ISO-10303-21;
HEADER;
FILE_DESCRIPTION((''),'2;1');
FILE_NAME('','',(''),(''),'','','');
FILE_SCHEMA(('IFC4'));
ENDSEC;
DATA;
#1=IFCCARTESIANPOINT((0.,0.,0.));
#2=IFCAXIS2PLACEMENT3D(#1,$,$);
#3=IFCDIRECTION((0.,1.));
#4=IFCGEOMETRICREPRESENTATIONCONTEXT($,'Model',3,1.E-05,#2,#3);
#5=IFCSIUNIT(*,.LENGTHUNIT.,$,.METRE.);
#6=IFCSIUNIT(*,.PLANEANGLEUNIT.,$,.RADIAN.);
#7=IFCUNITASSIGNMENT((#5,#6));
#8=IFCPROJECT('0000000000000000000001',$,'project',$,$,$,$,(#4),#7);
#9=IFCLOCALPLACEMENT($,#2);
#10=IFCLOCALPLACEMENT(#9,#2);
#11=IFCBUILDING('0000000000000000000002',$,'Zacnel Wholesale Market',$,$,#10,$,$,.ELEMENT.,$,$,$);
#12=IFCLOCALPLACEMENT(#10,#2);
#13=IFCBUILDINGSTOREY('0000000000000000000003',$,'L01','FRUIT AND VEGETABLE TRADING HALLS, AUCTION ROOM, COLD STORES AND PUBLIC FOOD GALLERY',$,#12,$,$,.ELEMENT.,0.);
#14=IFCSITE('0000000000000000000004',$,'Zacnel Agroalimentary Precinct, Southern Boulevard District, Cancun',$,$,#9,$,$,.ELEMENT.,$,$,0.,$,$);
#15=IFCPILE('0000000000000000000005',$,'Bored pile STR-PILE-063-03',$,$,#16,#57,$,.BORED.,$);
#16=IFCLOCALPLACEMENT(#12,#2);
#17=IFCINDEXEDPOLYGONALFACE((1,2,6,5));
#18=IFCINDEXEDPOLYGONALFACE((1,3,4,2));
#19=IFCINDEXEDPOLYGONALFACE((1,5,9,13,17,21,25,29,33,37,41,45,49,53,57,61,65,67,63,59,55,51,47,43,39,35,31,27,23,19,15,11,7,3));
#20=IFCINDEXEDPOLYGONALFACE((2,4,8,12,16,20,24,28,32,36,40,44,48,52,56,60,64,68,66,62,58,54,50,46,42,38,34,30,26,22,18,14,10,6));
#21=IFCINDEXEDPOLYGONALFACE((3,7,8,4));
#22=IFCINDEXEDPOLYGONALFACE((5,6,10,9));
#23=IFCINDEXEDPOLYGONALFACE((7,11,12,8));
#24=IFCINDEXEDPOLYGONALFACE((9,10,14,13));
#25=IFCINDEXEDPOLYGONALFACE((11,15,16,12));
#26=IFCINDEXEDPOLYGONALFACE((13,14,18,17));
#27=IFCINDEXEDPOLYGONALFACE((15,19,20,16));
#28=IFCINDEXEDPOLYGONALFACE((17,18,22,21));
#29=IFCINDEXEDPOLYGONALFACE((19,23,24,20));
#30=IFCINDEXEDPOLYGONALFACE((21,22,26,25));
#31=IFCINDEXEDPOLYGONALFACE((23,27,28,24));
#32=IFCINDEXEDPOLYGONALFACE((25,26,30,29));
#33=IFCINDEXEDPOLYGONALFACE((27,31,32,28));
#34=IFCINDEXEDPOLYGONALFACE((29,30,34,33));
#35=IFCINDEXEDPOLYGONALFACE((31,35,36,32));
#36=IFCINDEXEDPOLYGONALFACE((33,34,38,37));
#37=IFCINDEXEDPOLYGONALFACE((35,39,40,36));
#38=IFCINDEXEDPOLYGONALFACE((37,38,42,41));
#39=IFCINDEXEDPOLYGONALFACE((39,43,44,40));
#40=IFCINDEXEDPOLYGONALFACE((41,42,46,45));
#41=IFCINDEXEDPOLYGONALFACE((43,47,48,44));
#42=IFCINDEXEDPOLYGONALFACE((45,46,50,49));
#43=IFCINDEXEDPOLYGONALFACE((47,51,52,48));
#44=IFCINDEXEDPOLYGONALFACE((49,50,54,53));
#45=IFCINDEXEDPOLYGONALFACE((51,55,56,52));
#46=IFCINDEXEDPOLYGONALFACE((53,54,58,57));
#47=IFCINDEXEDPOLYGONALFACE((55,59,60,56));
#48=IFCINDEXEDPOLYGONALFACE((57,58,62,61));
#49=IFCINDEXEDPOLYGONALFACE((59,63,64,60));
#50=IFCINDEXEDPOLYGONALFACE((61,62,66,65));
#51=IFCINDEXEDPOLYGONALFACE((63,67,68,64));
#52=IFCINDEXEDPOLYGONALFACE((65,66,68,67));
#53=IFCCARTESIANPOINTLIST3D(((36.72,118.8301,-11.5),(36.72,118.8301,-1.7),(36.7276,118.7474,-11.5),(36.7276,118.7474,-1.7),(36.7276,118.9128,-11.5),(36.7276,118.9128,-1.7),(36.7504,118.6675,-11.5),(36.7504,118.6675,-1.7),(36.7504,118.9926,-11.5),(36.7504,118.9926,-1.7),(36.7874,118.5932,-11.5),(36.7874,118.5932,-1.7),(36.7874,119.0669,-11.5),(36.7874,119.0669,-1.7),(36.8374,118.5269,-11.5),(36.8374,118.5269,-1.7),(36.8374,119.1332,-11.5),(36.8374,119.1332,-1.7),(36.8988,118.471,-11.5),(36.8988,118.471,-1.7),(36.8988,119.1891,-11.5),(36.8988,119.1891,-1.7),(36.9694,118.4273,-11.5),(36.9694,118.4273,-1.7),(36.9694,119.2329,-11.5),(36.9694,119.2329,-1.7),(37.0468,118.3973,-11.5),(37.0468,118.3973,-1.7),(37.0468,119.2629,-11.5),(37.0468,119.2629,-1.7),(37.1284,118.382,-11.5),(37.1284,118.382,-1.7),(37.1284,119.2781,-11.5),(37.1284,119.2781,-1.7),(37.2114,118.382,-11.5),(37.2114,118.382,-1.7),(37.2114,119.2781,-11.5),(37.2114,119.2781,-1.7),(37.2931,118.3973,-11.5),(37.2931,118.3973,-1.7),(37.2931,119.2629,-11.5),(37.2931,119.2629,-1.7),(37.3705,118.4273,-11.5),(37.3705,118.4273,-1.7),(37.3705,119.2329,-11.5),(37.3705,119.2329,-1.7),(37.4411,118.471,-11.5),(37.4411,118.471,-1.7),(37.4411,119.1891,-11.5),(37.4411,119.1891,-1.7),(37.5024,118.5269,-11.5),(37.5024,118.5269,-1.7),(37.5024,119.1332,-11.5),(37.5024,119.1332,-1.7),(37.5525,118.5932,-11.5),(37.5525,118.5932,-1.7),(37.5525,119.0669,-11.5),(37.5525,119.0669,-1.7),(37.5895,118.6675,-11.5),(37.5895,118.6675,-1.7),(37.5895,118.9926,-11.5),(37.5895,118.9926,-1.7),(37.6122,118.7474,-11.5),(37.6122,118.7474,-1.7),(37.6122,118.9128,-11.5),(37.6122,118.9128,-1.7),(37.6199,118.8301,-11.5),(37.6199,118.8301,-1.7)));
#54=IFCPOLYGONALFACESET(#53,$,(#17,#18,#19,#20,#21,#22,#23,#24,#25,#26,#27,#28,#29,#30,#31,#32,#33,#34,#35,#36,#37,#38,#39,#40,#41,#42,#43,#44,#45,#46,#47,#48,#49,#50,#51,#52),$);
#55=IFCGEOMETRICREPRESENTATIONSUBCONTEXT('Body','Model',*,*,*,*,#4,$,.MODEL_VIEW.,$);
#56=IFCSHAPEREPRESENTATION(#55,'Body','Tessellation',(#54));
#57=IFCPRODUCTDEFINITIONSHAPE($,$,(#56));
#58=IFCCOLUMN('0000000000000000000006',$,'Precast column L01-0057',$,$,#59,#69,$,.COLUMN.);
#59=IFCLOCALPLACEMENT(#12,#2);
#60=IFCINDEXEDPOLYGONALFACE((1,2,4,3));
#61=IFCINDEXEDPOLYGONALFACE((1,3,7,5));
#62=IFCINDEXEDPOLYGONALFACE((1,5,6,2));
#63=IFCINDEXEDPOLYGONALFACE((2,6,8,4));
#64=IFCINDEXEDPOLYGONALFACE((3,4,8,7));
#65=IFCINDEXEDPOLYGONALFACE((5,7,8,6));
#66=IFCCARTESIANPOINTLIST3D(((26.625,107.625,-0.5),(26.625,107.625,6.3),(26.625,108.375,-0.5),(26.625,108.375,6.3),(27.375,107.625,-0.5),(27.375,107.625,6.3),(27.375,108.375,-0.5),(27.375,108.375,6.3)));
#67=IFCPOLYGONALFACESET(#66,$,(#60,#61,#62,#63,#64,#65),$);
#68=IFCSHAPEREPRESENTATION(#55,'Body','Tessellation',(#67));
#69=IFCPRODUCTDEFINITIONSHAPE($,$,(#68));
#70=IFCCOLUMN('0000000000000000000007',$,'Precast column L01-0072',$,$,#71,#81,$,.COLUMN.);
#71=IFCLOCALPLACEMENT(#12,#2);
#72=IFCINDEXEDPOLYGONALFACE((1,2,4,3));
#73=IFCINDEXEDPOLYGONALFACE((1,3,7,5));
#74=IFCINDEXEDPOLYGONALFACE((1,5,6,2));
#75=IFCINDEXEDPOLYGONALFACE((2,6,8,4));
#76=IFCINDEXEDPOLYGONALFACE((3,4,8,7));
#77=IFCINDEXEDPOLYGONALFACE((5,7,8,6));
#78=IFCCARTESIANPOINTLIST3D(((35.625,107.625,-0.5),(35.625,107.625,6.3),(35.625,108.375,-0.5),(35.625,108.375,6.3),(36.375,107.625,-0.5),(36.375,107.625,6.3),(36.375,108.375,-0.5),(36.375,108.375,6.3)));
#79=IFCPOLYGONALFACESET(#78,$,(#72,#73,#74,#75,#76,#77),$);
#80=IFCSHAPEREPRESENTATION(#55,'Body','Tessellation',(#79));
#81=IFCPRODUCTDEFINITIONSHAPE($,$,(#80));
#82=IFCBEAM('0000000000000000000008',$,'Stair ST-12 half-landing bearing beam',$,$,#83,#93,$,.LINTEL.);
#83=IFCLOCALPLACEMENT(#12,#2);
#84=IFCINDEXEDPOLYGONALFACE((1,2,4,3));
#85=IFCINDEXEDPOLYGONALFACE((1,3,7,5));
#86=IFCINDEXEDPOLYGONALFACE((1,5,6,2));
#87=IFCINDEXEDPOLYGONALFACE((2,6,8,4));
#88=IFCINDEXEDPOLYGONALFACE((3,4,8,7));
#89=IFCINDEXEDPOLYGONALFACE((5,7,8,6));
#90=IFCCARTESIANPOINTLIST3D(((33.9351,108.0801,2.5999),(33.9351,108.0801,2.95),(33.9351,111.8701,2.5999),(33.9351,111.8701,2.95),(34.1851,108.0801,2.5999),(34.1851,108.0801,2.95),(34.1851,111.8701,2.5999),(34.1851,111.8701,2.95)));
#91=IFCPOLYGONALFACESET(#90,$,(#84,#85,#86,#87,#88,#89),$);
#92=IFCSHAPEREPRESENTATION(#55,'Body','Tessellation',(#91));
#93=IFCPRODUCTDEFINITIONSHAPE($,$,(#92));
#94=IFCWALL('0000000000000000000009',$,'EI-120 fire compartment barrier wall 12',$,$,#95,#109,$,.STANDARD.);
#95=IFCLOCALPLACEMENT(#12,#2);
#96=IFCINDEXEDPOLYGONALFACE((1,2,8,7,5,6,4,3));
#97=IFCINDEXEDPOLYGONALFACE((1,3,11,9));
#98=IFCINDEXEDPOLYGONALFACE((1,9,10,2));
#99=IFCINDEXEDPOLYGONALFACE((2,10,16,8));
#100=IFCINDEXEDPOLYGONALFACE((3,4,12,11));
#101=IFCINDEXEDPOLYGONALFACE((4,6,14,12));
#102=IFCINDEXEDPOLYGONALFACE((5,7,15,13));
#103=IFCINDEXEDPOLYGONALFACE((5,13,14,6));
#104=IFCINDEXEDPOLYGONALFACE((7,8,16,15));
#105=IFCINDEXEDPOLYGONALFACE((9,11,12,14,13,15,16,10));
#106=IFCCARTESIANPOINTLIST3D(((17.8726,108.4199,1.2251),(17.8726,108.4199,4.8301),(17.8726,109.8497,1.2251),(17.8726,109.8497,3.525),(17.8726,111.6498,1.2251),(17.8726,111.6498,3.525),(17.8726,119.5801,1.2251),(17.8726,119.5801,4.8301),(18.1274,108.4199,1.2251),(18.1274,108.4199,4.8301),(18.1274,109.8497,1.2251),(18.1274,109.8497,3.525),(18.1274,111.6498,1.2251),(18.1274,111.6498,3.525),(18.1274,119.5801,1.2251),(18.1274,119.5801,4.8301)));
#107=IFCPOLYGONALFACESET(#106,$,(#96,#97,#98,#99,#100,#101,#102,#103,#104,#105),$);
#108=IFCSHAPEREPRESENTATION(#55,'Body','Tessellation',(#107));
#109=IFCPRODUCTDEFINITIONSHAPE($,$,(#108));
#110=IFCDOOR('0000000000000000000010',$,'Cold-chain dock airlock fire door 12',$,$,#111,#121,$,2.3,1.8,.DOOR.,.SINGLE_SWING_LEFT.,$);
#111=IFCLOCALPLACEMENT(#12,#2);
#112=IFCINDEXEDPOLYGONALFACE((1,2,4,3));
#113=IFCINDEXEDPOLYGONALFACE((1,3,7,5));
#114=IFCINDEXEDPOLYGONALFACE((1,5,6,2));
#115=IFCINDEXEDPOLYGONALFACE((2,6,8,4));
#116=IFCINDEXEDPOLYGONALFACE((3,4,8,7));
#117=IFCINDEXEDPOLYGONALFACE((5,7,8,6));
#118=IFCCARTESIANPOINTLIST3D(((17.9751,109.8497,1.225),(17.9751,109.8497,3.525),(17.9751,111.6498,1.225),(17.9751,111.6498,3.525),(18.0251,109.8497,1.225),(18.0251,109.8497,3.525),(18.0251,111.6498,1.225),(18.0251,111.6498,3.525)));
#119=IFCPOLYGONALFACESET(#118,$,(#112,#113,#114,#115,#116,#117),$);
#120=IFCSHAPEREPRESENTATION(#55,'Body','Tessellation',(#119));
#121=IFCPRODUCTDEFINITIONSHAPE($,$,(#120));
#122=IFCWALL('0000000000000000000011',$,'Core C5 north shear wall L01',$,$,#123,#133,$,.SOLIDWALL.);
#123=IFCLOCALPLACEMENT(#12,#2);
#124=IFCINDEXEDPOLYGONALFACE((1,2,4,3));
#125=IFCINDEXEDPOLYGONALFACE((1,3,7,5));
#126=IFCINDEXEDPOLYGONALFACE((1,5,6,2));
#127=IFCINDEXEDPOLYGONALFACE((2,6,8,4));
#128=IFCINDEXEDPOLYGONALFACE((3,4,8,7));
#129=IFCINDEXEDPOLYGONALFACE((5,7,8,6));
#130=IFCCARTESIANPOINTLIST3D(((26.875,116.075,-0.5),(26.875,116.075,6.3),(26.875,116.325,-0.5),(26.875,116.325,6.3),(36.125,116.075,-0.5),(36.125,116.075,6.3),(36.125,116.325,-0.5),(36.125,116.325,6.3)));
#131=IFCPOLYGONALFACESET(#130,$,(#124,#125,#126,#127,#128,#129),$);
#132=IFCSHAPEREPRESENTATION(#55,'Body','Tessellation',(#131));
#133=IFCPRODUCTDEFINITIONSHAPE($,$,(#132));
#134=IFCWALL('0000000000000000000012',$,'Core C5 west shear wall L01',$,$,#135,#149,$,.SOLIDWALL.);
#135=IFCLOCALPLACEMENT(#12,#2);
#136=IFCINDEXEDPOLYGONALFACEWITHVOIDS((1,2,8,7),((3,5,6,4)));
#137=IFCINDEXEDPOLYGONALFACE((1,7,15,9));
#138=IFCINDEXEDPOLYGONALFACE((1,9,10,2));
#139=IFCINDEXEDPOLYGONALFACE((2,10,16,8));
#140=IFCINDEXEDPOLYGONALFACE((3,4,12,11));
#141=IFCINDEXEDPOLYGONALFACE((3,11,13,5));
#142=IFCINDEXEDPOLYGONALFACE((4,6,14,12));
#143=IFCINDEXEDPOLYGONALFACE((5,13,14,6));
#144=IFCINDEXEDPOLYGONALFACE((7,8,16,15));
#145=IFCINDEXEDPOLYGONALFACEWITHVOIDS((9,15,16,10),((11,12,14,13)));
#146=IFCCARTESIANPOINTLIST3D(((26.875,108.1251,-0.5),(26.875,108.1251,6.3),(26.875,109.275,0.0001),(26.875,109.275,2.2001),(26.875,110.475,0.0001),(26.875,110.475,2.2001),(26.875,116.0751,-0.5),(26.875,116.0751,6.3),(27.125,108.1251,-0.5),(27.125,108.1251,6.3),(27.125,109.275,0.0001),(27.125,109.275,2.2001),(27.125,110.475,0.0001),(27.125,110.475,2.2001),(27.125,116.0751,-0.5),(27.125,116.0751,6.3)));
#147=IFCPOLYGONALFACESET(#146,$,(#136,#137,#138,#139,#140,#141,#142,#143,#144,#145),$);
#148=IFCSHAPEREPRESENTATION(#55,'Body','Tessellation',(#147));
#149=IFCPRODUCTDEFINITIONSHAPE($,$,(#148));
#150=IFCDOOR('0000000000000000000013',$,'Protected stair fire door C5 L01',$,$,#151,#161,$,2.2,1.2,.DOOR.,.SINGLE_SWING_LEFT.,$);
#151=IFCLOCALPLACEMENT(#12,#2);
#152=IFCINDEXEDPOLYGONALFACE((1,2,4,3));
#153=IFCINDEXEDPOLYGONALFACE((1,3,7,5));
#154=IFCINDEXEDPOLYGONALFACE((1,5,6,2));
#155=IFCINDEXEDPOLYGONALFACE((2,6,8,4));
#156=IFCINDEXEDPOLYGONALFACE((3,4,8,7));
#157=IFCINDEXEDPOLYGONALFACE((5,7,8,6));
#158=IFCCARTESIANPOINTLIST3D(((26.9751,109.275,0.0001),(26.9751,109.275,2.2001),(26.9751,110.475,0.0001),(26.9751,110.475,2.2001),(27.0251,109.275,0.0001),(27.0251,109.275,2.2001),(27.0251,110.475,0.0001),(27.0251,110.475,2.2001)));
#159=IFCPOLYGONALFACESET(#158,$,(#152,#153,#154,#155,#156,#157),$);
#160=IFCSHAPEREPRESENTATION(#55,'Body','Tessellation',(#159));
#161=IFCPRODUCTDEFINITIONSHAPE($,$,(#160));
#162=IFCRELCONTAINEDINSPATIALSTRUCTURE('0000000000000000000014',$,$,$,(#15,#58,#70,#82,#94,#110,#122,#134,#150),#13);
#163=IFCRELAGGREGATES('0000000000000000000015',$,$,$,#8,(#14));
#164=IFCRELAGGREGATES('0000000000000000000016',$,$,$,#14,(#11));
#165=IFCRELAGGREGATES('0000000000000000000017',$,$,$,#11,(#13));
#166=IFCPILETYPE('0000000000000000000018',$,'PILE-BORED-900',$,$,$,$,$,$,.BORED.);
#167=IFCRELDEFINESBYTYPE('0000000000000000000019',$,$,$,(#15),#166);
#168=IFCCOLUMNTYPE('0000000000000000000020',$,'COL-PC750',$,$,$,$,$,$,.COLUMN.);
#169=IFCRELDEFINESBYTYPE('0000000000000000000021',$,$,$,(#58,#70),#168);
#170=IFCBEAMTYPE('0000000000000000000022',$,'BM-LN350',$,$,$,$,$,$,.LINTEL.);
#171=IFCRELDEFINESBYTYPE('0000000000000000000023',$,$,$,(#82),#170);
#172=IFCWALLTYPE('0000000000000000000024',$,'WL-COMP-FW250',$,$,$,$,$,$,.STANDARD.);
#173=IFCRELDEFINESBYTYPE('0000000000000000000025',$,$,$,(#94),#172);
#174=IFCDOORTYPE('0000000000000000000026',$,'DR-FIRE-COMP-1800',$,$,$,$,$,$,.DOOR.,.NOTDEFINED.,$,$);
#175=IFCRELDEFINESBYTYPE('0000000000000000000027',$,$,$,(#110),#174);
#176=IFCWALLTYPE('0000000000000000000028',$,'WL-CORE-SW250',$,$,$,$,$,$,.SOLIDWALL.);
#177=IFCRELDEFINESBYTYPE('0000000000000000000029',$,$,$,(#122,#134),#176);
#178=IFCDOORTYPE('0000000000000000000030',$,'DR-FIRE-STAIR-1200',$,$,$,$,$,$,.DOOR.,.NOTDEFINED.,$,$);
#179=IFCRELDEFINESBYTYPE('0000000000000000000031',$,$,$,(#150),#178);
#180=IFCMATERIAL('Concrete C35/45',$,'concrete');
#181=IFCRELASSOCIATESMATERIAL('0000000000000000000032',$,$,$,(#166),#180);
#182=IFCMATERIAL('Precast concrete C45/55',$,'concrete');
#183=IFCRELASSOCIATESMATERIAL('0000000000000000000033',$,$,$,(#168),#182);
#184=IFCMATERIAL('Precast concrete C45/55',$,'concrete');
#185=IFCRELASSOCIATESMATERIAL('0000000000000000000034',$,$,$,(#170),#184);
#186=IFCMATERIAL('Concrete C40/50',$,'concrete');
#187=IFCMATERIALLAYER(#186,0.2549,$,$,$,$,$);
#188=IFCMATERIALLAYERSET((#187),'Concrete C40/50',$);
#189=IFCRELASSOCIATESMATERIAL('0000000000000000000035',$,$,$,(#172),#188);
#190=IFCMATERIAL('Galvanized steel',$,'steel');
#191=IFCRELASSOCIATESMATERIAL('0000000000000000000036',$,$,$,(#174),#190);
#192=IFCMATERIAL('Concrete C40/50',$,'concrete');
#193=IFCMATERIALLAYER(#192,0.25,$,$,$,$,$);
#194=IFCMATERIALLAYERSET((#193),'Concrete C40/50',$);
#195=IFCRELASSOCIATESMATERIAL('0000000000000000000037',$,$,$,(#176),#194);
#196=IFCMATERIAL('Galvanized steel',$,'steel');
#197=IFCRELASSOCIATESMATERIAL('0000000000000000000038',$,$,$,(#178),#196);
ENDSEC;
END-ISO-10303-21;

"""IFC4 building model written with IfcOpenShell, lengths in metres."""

from ifc_helpers import new_model, si_unit, direction, frame, frame_2d, origin, origin_2d, place, context, subcontext, project, spatial, rectangle, circle, extrude, material, layer, layer_set, material_profile, profile_set, type_object, element, fill, save


model = new_model("IFC4")

# Units and contexts
model_context = context("Model", 3, precision=1e-05, world=origin(), true_north=direction((0.0, 1.0)))
body_context = subcontext(model_context, "Body", "Model", "MODEL_VIEW")
ifc_project = project(units=[si_unit("LENGTHUNIT", "METRE"), si_unit("PLANEANGLEUNIT", "RADIAN")], contexts=[model_context])

# Site, building, storey
site_placement = place(None, origin())
site = spatial("IfcSite", under=ifc_project, at=site_placement, Name="Zacnel Agroalimentary Precinct, Southern Boulevard District, Cancun", CompositionType="ELEMENT", RefElevation=0.0)
building_placement = place(site_placement, origin())
building = spatial("IfcBuilding", under=site, at=building_placement, Name="Zacnel Wholesale Market", CompositionType="ELEMENT")
storey_placement = place(building_placement, origin())
storey = spatial("IfcBuildingStorey", under=building, at=storey_placement, Name="L01", Description="FRUIT AND VEGETABLE TRADING HALLS, AUCTION ROOM, COLD STORES AND PUBLIC FOOD GALLERY", CompositionType="ELEMENT", Elevation=0.0)

# Pile
ifc_material_1 = material(Name="Concrete C35/45", Category="concrete")
ifc_material_profile_1 = material_profile(ifc_material_1, circle(Radius=0.45, at=origin_2d()), Name="BORED PILE D900")
ifc_profile_set_1 = profile_set([ifc_material_profile_1], Name="Concrete C35/45")
pile_type = type_object("IfcPileType", Name="PILE-BORED-900", PredefinedType="BORED", material=ifc_profile_set_1)
for number, where, z_axis, x_axis, name in (
    (1, (37.1699, 118.8301, -1.7), (0.0, 0.0, -1.0), (1.0, 0.0, 0.0), "Bored pile STR-PILE-063-03"),
):
    element("IfcPile", number, at=place(storey_placement, frame(where, z_axis=z_axis, x_axis=x_axis)), inside=storey, type_object=pile_type, Name=name, PredefinedType="BORED", context=body_context, shape_type="SweptSolid", body=[
        extrude(circle(Radius=0.45, at=origin_2d()), origin(), (0.0, 0.0, 1.0), 9.8),
    ])

# Columns
ifc_material_2 = material(Name="Precast concrete C45/55", Category="concrete")
ifc_material_profile_2 = material_profile(ifc_material_2, rectangle(XDim=0.75, YDim=0.75, at=origin_2d()), Name="PC 750x750")
ifc_profile_set_2 = profile_set([ifc_material_profile_2], Name="Precast concrete C45/55")
column_type = type_object("IfcColumnType", Name="COL-PC750", PredefinedType="COLUMN", material=ifc_profile_set_2)
for number, where, z_axis, x_axis, name in (
    (2, (27.0, 108.0, -0.5), (0.0, 0.0, 1.0), (1.0, 0.0, 0.0), "Precast column L01-0057"),
    (3, (36.0, 108.0, -0.5), (0.0, 0.0, 1.0), (1.0, 0.0, 0.0), "Precast column L01-0072"),
):
    element("IfcColumn", number, at=place(storey_placement, frame(where, z_axis=z_axis, x_axis=x_axis)), inside=storey, type_object=column_type, Name=name, PredefinedType="COLUMN", context=body_context, shape_type="SweptSolid", body=[
        extrude(rectangle(XDim=0.75, YDim=0.75, at=origin_2d()), origin(), (0.0, 0.0, 1.0), 6.8),
    ])

# Beam
ifc_material_3 = material(Name="Precast concrete C45/55", Category="concrete")
ifc_material_profile_3 = material_profile(ifc_material_3, rectangle(XDim=0.25, YDim=0.3501, at=origin_2d()), Name="LN 250x350")
ifc_profile_set_3 = profile_set([ifc_material_profile_3], Name="Precast concrete C45/55")
beam_type = type_object("IfcBeamType", Name="BM-LN350", PredefinedType="LINTEL", material=ifc_profile_set_3)
beam_placement = place(storey_placement, frame((34.0601, 108.0801, 2.7749), z_axis=(0.0, 1.0, 0.0), x_axis=(-1.0, 0.0, 0.0)))
element("IfcBeam", 4, at=beam_placement, inside=storey, type_object=beam_type, Name="Stair ST-12 half-landing bearing beam", PredefinedType="LINTEL", context=body_context, shape_type="SweptSolid", body=[
    extrude(rectangle(XDim=0.25, YDim=0.3501, at=origin_2d()), origin(), (0.0, 0.0, 1.0), 3.79),
])

# Wall, opening, door
ifc_material_4 = material(Name="Concrete C40/50", Category="concrete")
ifc_layer_1 = layer(ifc_material_4, 0.2549)
ifc_layer_set_1 = layer_set([ifc_layer_1], Name="Concrete C40/50")
wall_type_1 = type_object("IfcWallType", Name="WL-COMP-FW250", PredefinedType="STANDARD", material=ifc_layer_set_1)
wall_1_placement = place(storey_placement, frame((18.0, 108.4199, 1.2251), z_axis=(0.0, 0.0, 1.0), x_axis=(0.0, 1.0, 0.0)))
wall_1 = element("IfcWall", 5, at=wall_1_placement, inside=storey, type_object=wall_type_1, Name="EI-120 fire compartment barrier wall 12", PredefinedType="STANDARD", context=body_context, shape_type="SweptSolid", body=[
    extrude(rectangle(XDim=11.1602, YDim=0.2549, at=frame_2d((5.5801, 0.0))), origin(), (0.0, 0.0, 1.0), 3.605),
])
opening_1_placement = place(wall_1_placement, frame((1.4299, 0.0, 0.0)))
opening_1 = element("IfcOpeningElement", 6, at=opening_1_placement, cuts=wall_1, PredefinedType="OPENING", context=body_context, shape_type="SweptSolid", body=[
    extrude(rectangle(XDim=1.8, YDim=2.3, at=frame_2d((0.8999, 1.1499))), frame((0.0, 0.1375, 0.0), z_axis=(0.0, -1.0, 0.0), x_axis=(1.0, 0.0, 0.0)), (0.0, 0.0, 1.0), 0.2749),
])
ifc_material_5 = material(Name="Galvanized steel", Category="steel")
door_type_1 = type_object("IfcDoorType", Name="DR-FIRE-COMP-1800", OperationType="NOTDEFINED", PredefinedType="DOOR", material=ifc_material_5)
door_1_placement = place(opening_1_placement, origin())
door_1 = element("IfcDoor", 7, at=door_1_placement, inside=storey, type_object=door_type_1, Name="Cold-chain dock airlock fire door 12", OperationType="SINGLE_SWING_LEFT", OverallHeight=2.3, OverallWidth=1.8, PredefinedType="DOOR", context=body_context, shape_type="SweptSolid", body=[
    extrude(rectangle(XDim=1.8, YDim=2.3, at=frame_2d((0.8999, 1.1499))), frame((0.0, 0.0249, 0.0), z_axis=(0.0, -1.0, 0.0), x_axis=(1.0, 0.0, 0.0)), (0.0, 0.0, 1.0), 0.05),
])
fill(opening_1, door_1)

# Wall
ifc_material_6 = material(Name="Concrete C40/50", Category="concrete")
ifc_layer_2 = layer(ifc_material_6, 0.25)
ifc_layer_set_2 = layer_set([ifc_layer_2], Name="Concrete C40/50")
wall_type_2 = type_object("IfcWallType", Name="WL-CORE-SW250", PredefinedType="SOLIDWALL", material=ifc_layer_set_2)
wall_2_placement = place(storey_placement, frame((26.875, 116.2, -0.5), z_axis=(0.0, 0.0, 1.0), x_axis=(1.0, 0.0, 0.0)))
element("IfcWall", 8, at=wall_2_placement, inside=storey, type_object=wall_type_2, Name="Core C5 north shear wall L01", PredefinedType="SOLIDWALL", context=body_context, shape_type="SweptSolid", body=[
    extrude(rectangle(XDim=9.25, YDim=0.25, at=frame_2d((4.625, 0.0))), origin(), (0.0, 0.0, 1.0), 6.8),
])

# Wall, opening, door
wall_3_placement = place(storey_placement, frame((27.0, 108.125, -0.5), z_axis=(0.0, 0.0, 1.0), x_axis=(0.0, 1.0, 0.0)))
wall_3 = element("IfcWall", 9, at=wall_3_placement, inside=storey, type_object=wall_type_2, Name="Core C5 west shear wall L01", PredefinedType="SOLIDWALL", context=body_context, shape_type="SweptSolid", body=[
    extrude(rectangle(XDim=7.95, YDim=0.25, at=frame_2d((3.9751, 0.0))), origin(), (0.0, 0.0, 1.0), 6.8),
])
opening_2_placement = place(wall_3_placement, frame((1.1499, 0.0, 0.5)))
opening_2 = element("IfcOpeningElement", 10, at=opening_2_placement, cuts=wall_3, PredefinedType="OPENING", context=body_context, shape_type="SweptSolid", body=[
    extrude(rectangle(XDim=1.2, YDim=2.2, at=frame_2d((0.6001, 1.1001))), frame((0.0, 0.135, 0.0), z_axis=(0.0, -1.0, 0.0), x_axis=(1.0, 0.0, 0.0)), (0.0, 0.0, 1.0), 0.27),
])
ifc_material_7 = material(Name="Galvanized steel", Category="steel")
door_type_2 = type_object("IfcDoorType", Name="DR-FIRE-STAIR-1200", OperationType="NOTDEFINED", PredefinedType="DOOR", material=ifc_material_7)
door_2_placement = place(opening_2_placement, origin())
door_2 = element("IfcDoor", 11, at=door_2_placement, inside=storey, type_object=door_type_2, Name="Protected stair fire door C5 L01", OperationType="SINGLE_SWING_LEFT", OverallHeight=2.2, OverallWidth=1.2, PredefinedType="DOOR", context=body_context, shape_type="SweptSolid", body=[
    extrude(rectangle(XDim=1.2, YDim=2.2, at=frame_2d((0.6001, 1.1001))), frame((0.0, 0.0249, 0.0), z_axis=(0.0, -1.0, 0.0), x_axis=(1.0, 0.0, 0.0)), (0.0, 0.0, 1.0), 0.05),
])
fill(opening_2, door_2)

save(model, "model.ifc")
